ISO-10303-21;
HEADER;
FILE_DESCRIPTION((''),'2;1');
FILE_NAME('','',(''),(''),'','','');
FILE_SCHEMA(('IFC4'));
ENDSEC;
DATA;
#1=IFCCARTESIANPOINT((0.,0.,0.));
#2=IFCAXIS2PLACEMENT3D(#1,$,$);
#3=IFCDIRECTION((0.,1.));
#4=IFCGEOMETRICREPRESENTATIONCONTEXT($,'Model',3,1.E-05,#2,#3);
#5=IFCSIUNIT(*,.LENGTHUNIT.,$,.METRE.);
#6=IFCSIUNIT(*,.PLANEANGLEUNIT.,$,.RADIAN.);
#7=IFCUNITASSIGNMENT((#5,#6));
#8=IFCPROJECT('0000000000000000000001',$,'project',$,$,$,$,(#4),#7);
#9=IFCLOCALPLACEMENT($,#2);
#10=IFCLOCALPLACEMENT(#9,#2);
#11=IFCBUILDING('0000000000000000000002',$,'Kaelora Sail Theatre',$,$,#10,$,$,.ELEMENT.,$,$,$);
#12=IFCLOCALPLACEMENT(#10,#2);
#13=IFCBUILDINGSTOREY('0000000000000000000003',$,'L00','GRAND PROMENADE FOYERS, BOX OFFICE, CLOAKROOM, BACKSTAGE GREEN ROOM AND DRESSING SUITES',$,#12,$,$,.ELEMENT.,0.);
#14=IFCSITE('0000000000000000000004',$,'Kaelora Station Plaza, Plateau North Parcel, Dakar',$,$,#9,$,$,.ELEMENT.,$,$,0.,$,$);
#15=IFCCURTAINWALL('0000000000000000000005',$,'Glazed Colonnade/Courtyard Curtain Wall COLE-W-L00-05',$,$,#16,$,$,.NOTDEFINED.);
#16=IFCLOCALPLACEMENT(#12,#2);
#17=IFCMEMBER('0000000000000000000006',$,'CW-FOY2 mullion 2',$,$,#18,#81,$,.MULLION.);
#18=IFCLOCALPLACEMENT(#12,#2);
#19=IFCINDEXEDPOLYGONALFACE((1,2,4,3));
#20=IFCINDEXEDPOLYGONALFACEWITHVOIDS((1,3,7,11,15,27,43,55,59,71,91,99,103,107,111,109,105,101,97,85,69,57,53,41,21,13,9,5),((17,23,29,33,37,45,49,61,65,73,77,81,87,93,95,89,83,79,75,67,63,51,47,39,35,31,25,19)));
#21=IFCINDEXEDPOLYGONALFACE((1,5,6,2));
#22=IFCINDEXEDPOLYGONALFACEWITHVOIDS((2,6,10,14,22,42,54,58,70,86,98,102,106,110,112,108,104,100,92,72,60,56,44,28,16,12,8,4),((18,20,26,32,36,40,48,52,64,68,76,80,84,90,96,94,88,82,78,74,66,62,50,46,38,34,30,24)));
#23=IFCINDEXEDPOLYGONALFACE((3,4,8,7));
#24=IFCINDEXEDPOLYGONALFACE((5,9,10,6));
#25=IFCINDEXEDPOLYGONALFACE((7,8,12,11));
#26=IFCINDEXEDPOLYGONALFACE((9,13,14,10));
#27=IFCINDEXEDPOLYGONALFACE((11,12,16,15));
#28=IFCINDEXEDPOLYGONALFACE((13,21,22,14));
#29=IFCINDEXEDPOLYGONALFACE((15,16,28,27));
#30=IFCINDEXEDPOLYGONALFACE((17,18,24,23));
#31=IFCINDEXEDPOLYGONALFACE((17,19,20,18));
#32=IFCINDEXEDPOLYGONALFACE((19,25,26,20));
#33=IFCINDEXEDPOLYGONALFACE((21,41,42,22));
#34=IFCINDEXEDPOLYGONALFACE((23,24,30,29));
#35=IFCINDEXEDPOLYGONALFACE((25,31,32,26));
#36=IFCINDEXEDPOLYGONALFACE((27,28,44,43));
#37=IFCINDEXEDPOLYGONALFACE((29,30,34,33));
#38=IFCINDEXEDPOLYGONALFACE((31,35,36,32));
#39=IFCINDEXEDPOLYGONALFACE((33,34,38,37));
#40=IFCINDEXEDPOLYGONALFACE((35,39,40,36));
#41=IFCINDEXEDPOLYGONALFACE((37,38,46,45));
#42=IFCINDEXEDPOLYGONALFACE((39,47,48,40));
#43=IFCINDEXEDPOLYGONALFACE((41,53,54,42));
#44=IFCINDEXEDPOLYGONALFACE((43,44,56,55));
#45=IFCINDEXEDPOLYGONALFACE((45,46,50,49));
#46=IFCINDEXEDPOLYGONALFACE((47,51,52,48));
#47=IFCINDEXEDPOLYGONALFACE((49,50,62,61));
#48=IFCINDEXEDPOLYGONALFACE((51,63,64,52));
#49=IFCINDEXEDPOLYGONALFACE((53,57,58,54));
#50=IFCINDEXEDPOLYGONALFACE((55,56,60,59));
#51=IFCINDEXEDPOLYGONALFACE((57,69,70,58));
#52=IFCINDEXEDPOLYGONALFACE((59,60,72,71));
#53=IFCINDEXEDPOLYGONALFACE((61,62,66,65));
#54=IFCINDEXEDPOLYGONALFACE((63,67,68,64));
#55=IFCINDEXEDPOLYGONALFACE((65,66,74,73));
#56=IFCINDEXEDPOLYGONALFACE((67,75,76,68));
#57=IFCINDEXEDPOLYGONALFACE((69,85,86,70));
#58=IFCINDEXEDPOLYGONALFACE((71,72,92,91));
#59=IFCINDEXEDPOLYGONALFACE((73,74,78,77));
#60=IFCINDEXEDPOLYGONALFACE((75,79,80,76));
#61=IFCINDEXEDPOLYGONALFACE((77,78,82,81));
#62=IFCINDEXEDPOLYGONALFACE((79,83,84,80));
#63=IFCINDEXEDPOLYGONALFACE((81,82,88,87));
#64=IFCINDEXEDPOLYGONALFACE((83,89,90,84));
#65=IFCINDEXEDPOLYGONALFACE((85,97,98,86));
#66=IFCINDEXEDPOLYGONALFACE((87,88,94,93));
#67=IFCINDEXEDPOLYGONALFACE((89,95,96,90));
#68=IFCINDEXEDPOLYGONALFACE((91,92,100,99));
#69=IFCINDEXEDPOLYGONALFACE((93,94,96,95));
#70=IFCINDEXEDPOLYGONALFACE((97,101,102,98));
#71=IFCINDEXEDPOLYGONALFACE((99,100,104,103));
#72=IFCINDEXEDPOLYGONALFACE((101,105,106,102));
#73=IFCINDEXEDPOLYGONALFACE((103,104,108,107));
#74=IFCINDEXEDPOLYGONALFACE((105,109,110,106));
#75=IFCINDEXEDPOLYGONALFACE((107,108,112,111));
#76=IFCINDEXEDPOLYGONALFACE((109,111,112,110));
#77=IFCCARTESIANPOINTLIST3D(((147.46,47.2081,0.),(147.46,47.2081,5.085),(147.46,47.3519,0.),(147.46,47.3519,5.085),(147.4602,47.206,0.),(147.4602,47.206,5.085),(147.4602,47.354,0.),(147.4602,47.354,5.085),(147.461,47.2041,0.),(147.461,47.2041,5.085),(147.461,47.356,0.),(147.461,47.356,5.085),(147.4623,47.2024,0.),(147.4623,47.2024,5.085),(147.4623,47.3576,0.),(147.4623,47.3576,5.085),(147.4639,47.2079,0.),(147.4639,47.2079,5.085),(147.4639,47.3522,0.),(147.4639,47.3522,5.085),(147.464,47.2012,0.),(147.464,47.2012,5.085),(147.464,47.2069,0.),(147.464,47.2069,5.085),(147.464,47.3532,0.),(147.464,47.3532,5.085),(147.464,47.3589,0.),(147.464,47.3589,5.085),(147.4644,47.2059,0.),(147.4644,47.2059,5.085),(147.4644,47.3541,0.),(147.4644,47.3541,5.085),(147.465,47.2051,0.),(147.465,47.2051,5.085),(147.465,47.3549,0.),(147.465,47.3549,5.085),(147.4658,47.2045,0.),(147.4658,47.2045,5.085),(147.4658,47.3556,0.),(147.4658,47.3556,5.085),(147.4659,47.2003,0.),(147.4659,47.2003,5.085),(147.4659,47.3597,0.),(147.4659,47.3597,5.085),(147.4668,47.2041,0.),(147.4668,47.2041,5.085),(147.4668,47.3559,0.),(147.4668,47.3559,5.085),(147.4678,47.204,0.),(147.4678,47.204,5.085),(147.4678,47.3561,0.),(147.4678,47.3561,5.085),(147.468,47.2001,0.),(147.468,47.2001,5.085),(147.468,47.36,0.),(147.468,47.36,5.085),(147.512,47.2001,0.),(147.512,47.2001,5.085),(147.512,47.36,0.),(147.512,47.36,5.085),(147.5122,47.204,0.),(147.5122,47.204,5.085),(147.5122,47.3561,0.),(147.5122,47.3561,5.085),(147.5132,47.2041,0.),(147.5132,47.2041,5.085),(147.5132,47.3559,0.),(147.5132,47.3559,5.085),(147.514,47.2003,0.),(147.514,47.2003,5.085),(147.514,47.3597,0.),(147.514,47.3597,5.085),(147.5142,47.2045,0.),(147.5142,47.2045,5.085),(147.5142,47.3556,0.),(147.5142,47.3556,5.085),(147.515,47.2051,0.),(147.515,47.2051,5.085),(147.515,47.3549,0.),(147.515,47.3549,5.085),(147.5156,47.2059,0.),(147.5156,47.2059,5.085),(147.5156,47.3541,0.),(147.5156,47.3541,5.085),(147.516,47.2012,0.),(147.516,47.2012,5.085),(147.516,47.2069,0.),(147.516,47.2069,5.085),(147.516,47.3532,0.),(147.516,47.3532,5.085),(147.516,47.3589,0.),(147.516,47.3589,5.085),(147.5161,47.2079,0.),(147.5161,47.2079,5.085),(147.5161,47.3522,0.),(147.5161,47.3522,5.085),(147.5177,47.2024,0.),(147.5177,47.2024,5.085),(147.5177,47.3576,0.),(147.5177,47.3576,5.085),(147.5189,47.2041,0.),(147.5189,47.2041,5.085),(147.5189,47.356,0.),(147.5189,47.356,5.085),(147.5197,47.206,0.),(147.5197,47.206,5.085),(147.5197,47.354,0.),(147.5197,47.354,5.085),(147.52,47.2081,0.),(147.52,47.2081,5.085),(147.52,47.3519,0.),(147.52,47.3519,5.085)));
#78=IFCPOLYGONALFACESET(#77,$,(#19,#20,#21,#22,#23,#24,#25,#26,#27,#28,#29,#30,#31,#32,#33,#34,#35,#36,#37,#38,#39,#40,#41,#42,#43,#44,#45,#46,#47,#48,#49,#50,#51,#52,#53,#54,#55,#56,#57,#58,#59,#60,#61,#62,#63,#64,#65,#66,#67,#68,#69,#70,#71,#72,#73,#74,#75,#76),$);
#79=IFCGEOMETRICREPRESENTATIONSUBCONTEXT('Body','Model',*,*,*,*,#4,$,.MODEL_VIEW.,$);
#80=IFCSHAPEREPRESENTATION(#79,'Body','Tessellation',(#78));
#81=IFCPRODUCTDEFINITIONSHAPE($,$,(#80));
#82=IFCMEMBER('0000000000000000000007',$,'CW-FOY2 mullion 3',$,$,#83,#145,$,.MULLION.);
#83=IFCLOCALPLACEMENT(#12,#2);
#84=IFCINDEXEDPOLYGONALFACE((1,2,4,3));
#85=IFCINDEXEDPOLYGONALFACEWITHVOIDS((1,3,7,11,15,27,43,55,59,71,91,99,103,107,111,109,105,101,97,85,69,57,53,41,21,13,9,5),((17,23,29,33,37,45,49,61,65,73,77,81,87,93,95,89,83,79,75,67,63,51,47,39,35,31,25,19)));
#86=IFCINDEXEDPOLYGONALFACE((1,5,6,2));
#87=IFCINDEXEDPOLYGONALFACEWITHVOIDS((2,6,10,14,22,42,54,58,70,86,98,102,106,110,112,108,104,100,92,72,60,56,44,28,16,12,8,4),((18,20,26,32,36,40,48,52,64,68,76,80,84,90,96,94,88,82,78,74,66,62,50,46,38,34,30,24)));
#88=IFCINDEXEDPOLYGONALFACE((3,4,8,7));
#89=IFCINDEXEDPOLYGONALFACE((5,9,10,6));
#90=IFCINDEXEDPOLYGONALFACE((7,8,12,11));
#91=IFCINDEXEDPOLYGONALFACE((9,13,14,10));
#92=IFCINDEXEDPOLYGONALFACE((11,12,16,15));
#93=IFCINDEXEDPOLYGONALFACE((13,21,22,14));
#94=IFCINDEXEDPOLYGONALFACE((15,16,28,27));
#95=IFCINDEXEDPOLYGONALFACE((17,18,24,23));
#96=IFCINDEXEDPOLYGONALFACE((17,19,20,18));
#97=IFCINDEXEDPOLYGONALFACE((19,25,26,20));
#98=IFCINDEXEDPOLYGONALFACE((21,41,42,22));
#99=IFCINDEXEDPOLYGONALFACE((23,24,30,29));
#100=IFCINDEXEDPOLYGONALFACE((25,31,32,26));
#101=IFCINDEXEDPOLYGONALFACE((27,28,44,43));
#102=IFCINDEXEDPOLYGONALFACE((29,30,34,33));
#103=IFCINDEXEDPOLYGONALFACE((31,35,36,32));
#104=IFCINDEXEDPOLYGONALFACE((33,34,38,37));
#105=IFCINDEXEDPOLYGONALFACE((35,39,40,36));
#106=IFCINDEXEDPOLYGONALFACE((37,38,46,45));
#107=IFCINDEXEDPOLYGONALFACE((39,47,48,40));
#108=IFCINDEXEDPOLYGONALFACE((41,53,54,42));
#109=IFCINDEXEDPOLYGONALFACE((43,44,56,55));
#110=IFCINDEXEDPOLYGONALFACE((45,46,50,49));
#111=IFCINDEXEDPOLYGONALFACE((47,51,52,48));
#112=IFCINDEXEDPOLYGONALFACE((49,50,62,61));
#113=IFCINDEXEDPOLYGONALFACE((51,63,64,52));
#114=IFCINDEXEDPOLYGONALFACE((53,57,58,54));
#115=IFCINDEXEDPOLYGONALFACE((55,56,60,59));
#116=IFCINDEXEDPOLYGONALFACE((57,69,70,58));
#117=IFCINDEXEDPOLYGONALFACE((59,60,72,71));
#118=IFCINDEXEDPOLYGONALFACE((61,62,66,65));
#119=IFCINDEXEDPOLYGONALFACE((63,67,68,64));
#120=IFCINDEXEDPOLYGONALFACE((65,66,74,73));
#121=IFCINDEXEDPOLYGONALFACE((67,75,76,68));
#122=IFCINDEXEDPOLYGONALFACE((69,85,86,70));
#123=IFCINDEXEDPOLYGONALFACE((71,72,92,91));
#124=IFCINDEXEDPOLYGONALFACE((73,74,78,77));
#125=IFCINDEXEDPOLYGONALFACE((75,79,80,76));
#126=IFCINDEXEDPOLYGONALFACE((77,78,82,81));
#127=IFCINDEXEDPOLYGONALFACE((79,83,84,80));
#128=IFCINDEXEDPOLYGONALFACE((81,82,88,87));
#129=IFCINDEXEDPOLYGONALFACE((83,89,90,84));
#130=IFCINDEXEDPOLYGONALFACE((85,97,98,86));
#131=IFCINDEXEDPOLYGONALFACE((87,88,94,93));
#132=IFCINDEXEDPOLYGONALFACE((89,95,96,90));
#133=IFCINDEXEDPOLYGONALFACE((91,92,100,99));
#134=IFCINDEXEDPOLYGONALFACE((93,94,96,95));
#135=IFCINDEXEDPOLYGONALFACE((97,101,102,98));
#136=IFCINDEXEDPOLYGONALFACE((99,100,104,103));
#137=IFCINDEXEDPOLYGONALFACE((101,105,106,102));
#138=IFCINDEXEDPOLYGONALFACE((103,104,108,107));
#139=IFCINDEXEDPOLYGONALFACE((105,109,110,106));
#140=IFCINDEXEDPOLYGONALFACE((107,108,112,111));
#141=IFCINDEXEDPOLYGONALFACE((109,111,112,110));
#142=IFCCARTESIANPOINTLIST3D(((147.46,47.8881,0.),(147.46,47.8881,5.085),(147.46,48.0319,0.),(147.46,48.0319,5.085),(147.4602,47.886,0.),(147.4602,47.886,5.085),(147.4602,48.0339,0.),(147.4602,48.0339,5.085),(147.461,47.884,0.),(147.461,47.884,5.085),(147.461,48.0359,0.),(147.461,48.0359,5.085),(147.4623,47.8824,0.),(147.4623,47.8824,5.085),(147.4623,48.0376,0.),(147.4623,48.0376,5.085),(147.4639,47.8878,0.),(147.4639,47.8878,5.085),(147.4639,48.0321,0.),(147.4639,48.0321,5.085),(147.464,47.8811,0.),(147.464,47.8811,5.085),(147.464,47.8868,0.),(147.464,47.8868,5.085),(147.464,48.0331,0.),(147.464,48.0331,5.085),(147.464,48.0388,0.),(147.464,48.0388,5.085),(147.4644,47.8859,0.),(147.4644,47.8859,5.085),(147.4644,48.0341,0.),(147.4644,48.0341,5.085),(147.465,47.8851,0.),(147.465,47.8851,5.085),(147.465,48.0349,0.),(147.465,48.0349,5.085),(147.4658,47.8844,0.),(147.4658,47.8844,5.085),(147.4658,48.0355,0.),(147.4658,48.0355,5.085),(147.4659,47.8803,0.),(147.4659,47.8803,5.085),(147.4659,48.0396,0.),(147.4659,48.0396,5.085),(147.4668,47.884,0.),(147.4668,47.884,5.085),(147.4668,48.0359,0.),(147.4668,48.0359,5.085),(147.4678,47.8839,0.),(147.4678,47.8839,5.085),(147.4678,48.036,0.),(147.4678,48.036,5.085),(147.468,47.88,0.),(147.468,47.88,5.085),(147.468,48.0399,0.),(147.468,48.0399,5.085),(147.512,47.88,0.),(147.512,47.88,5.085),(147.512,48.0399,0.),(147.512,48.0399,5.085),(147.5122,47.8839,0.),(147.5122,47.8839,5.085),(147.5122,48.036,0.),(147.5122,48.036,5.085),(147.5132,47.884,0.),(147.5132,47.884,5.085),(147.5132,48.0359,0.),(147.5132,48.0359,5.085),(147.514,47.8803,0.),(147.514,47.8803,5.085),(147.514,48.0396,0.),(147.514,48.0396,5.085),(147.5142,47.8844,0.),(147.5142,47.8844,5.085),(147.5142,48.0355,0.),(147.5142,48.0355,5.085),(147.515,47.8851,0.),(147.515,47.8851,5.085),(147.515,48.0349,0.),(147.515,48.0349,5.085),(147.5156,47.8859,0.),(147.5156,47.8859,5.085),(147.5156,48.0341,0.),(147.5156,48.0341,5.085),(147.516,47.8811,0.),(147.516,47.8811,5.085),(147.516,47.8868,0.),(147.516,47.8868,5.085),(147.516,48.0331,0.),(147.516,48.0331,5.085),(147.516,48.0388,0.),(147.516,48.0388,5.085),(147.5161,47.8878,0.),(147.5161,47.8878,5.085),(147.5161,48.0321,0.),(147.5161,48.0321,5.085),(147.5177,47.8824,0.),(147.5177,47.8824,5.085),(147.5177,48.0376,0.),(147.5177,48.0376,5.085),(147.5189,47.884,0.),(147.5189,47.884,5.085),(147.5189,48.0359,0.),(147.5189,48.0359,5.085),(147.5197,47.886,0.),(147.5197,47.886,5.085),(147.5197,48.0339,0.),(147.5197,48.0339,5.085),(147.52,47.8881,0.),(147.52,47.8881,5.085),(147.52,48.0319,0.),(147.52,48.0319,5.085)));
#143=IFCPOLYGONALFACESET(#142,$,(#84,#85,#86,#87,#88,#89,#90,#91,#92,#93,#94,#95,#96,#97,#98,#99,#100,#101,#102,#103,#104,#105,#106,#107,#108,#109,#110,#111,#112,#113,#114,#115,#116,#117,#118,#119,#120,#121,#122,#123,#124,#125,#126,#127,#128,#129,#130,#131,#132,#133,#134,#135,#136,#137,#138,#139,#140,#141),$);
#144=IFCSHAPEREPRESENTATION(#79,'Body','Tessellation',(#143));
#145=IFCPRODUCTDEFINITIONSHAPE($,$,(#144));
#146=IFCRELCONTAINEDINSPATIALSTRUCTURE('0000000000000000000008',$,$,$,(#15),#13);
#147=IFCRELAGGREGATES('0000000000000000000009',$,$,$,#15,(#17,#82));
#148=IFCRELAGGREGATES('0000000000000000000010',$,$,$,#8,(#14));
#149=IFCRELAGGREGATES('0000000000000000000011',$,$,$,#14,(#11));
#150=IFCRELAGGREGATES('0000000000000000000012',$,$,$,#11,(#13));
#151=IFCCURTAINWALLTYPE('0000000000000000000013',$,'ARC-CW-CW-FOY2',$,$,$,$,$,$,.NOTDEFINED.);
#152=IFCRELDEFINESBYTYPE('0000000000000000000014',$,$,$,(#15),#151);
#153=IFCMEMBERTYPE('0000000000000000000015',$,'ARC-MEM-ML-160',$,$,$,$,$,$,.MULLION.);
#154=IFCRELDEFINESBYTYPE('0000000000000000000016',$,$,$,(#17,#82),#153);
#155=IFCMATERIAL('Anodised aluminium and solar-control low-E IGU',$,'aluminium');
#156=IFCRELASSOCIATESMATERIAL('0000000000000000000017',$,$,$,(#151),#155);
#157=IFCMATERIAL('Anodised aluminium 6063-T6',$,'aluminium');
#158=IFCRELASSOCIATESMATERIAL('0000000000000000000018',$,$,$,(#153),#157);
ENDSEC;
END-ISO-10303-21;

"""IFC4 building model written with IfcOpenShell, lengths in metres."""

from ifc_helpers import new_model, si_unit, direction, frame, origin, origin_2d, place, context, subcontext, project, spatial, hollow_rectangle, extrude, material, material_profile, profile_set, type_object, element, aggregate, save


model = new_model("IFC4")

# Units and contexts
model_context = context("Model", 3, precision=1e-05, world=origin(), true_north=direction((0.0, 1.0)))
body_context = subcontext(model_context, "Body", "Model", "MODEL_VIEW")
ifc_project = project(units=[si_unit("LENGTHUNIT", "METRE"), si_unit("PLANEANGLEUNIT", "RADIAN")], contexts=[model_context])

# Site, building, storey
site_placement = place(None, origin())
site = spatial("IfcSite", under=ifc_project, at=site_placement, Name="Kaelora Station Plaza, Plateau North Parcel, Dakar", CompositionType="ELEMENT", RefElevation=0.0)
building_placement = place(site_placement, origin())
building = spatial("IfcBuilding", under=site, at=building_placement, Name="Kaelora Sail Theatre", CompositionType="ELEMENT")
storey_placement = place(building_placement, origin())
storey = spatial("IfcBuildingStorey", under=building, at=storey_placement, Name="L00", Description="GRAND PROMENADE FOYERS, BOX OFFICE, CLOAKROOM, BACKSTAGE GREEN ROOM AND DRESSING SUITES", CompositionType="ELEMENT", Elevation=0.0)

# Curtain wall, members
ifc_material_1 = material(Name="Anodised aluminium and solar-control low-E IGU", Category="aluminium")
curtain_wall_type = type_object("IfcCurtainWallType", Name="ARC-CW-CW-FOY2", PredefinedType="NOTDEFINED", material=ifc_material_1)
curtain_wall_placement = place(storey_placement, origin())
curtain_wall = element("IfcCurtainWall", 1, at=curtain_wall_placement, inside=storey, type_object=curtain_wall_type, Name="Glazed Colonnade/Courtyard Curtain Wall COLE-W-L00-05", PredefinedType="NOTDEFINED")
ifc_material_2 = material(Name="Anodised aluminium 6063-T6", Category="aluminium")
ifc_material_profile_1 = material_profile(ifc_material_2, hollow_rectangle(XDim=0.0601, YDim=0.1599, WallThickness=0.0039, InnerFilletRadius=0.0039, OuterFilletRadius=0.0081, at=origin_2d()), Name="ALU-MULL 60x160x4")
ifc_profile_set_1 = profile_set([ifc_material_profile_1], Name="Anodised aluminium 6063-T6")
member_type_1 = type_object("IfcMemberType", Name="ARC-MEM-ML-160", PredefinedType="MULLION", material=ifc_profile_set_1)
member_1_placement = place(storey_placement, frame((147.49, 47.28, 0.0), z_axis=(0.0, 0.0, 1.0), x_axis=(-1.0, 0.0, 0.0)))
member_1 = element("IfcMember", 2, at=member_1_placement, type_object=member_type_1, Name="CW-FOY2 mullion 2", PredefinedType="MULLION", context=body_context, shape_type="SweptSolid", body=[
    extrude(hollow_rectangle(XDim=0.0601, YDim=0.1599, WallThickness=0.0039, InnerFilletRadius=0.0039, OuterFilletRadius=0.0081, at=origin_2d()), origin(), (0.0, 0.0, 1.0), 5.085),
])
member_2_placement = place(storey_placement, frame((147.49, 47.96, 0.0), z_axis=(0.0, 0.0, 1.0), x_axis=(-1.0, 0.0, 0.0)))
member_2 = element("IfcMember", 3, at=member_2_placement, type_object=member_type_1, Name="CW-FOY2 mullion 3", PredefinedType="MULLION", context=body_context, shape_type="SweptSolid", body=[
    extrude(hollow_rectangle(XDim=0.0601, YDim=0.1599, WallThickness=0.0039, InnerFilletRadius=0.0039, OuterFilletRadius=0.0081, at=origin_2d()), origin(), (0.0, 0.0, 1.0), 5.085),
])
aggregate(curtain_wall, [member_1, member_2])

save(model, "model.ifc")
